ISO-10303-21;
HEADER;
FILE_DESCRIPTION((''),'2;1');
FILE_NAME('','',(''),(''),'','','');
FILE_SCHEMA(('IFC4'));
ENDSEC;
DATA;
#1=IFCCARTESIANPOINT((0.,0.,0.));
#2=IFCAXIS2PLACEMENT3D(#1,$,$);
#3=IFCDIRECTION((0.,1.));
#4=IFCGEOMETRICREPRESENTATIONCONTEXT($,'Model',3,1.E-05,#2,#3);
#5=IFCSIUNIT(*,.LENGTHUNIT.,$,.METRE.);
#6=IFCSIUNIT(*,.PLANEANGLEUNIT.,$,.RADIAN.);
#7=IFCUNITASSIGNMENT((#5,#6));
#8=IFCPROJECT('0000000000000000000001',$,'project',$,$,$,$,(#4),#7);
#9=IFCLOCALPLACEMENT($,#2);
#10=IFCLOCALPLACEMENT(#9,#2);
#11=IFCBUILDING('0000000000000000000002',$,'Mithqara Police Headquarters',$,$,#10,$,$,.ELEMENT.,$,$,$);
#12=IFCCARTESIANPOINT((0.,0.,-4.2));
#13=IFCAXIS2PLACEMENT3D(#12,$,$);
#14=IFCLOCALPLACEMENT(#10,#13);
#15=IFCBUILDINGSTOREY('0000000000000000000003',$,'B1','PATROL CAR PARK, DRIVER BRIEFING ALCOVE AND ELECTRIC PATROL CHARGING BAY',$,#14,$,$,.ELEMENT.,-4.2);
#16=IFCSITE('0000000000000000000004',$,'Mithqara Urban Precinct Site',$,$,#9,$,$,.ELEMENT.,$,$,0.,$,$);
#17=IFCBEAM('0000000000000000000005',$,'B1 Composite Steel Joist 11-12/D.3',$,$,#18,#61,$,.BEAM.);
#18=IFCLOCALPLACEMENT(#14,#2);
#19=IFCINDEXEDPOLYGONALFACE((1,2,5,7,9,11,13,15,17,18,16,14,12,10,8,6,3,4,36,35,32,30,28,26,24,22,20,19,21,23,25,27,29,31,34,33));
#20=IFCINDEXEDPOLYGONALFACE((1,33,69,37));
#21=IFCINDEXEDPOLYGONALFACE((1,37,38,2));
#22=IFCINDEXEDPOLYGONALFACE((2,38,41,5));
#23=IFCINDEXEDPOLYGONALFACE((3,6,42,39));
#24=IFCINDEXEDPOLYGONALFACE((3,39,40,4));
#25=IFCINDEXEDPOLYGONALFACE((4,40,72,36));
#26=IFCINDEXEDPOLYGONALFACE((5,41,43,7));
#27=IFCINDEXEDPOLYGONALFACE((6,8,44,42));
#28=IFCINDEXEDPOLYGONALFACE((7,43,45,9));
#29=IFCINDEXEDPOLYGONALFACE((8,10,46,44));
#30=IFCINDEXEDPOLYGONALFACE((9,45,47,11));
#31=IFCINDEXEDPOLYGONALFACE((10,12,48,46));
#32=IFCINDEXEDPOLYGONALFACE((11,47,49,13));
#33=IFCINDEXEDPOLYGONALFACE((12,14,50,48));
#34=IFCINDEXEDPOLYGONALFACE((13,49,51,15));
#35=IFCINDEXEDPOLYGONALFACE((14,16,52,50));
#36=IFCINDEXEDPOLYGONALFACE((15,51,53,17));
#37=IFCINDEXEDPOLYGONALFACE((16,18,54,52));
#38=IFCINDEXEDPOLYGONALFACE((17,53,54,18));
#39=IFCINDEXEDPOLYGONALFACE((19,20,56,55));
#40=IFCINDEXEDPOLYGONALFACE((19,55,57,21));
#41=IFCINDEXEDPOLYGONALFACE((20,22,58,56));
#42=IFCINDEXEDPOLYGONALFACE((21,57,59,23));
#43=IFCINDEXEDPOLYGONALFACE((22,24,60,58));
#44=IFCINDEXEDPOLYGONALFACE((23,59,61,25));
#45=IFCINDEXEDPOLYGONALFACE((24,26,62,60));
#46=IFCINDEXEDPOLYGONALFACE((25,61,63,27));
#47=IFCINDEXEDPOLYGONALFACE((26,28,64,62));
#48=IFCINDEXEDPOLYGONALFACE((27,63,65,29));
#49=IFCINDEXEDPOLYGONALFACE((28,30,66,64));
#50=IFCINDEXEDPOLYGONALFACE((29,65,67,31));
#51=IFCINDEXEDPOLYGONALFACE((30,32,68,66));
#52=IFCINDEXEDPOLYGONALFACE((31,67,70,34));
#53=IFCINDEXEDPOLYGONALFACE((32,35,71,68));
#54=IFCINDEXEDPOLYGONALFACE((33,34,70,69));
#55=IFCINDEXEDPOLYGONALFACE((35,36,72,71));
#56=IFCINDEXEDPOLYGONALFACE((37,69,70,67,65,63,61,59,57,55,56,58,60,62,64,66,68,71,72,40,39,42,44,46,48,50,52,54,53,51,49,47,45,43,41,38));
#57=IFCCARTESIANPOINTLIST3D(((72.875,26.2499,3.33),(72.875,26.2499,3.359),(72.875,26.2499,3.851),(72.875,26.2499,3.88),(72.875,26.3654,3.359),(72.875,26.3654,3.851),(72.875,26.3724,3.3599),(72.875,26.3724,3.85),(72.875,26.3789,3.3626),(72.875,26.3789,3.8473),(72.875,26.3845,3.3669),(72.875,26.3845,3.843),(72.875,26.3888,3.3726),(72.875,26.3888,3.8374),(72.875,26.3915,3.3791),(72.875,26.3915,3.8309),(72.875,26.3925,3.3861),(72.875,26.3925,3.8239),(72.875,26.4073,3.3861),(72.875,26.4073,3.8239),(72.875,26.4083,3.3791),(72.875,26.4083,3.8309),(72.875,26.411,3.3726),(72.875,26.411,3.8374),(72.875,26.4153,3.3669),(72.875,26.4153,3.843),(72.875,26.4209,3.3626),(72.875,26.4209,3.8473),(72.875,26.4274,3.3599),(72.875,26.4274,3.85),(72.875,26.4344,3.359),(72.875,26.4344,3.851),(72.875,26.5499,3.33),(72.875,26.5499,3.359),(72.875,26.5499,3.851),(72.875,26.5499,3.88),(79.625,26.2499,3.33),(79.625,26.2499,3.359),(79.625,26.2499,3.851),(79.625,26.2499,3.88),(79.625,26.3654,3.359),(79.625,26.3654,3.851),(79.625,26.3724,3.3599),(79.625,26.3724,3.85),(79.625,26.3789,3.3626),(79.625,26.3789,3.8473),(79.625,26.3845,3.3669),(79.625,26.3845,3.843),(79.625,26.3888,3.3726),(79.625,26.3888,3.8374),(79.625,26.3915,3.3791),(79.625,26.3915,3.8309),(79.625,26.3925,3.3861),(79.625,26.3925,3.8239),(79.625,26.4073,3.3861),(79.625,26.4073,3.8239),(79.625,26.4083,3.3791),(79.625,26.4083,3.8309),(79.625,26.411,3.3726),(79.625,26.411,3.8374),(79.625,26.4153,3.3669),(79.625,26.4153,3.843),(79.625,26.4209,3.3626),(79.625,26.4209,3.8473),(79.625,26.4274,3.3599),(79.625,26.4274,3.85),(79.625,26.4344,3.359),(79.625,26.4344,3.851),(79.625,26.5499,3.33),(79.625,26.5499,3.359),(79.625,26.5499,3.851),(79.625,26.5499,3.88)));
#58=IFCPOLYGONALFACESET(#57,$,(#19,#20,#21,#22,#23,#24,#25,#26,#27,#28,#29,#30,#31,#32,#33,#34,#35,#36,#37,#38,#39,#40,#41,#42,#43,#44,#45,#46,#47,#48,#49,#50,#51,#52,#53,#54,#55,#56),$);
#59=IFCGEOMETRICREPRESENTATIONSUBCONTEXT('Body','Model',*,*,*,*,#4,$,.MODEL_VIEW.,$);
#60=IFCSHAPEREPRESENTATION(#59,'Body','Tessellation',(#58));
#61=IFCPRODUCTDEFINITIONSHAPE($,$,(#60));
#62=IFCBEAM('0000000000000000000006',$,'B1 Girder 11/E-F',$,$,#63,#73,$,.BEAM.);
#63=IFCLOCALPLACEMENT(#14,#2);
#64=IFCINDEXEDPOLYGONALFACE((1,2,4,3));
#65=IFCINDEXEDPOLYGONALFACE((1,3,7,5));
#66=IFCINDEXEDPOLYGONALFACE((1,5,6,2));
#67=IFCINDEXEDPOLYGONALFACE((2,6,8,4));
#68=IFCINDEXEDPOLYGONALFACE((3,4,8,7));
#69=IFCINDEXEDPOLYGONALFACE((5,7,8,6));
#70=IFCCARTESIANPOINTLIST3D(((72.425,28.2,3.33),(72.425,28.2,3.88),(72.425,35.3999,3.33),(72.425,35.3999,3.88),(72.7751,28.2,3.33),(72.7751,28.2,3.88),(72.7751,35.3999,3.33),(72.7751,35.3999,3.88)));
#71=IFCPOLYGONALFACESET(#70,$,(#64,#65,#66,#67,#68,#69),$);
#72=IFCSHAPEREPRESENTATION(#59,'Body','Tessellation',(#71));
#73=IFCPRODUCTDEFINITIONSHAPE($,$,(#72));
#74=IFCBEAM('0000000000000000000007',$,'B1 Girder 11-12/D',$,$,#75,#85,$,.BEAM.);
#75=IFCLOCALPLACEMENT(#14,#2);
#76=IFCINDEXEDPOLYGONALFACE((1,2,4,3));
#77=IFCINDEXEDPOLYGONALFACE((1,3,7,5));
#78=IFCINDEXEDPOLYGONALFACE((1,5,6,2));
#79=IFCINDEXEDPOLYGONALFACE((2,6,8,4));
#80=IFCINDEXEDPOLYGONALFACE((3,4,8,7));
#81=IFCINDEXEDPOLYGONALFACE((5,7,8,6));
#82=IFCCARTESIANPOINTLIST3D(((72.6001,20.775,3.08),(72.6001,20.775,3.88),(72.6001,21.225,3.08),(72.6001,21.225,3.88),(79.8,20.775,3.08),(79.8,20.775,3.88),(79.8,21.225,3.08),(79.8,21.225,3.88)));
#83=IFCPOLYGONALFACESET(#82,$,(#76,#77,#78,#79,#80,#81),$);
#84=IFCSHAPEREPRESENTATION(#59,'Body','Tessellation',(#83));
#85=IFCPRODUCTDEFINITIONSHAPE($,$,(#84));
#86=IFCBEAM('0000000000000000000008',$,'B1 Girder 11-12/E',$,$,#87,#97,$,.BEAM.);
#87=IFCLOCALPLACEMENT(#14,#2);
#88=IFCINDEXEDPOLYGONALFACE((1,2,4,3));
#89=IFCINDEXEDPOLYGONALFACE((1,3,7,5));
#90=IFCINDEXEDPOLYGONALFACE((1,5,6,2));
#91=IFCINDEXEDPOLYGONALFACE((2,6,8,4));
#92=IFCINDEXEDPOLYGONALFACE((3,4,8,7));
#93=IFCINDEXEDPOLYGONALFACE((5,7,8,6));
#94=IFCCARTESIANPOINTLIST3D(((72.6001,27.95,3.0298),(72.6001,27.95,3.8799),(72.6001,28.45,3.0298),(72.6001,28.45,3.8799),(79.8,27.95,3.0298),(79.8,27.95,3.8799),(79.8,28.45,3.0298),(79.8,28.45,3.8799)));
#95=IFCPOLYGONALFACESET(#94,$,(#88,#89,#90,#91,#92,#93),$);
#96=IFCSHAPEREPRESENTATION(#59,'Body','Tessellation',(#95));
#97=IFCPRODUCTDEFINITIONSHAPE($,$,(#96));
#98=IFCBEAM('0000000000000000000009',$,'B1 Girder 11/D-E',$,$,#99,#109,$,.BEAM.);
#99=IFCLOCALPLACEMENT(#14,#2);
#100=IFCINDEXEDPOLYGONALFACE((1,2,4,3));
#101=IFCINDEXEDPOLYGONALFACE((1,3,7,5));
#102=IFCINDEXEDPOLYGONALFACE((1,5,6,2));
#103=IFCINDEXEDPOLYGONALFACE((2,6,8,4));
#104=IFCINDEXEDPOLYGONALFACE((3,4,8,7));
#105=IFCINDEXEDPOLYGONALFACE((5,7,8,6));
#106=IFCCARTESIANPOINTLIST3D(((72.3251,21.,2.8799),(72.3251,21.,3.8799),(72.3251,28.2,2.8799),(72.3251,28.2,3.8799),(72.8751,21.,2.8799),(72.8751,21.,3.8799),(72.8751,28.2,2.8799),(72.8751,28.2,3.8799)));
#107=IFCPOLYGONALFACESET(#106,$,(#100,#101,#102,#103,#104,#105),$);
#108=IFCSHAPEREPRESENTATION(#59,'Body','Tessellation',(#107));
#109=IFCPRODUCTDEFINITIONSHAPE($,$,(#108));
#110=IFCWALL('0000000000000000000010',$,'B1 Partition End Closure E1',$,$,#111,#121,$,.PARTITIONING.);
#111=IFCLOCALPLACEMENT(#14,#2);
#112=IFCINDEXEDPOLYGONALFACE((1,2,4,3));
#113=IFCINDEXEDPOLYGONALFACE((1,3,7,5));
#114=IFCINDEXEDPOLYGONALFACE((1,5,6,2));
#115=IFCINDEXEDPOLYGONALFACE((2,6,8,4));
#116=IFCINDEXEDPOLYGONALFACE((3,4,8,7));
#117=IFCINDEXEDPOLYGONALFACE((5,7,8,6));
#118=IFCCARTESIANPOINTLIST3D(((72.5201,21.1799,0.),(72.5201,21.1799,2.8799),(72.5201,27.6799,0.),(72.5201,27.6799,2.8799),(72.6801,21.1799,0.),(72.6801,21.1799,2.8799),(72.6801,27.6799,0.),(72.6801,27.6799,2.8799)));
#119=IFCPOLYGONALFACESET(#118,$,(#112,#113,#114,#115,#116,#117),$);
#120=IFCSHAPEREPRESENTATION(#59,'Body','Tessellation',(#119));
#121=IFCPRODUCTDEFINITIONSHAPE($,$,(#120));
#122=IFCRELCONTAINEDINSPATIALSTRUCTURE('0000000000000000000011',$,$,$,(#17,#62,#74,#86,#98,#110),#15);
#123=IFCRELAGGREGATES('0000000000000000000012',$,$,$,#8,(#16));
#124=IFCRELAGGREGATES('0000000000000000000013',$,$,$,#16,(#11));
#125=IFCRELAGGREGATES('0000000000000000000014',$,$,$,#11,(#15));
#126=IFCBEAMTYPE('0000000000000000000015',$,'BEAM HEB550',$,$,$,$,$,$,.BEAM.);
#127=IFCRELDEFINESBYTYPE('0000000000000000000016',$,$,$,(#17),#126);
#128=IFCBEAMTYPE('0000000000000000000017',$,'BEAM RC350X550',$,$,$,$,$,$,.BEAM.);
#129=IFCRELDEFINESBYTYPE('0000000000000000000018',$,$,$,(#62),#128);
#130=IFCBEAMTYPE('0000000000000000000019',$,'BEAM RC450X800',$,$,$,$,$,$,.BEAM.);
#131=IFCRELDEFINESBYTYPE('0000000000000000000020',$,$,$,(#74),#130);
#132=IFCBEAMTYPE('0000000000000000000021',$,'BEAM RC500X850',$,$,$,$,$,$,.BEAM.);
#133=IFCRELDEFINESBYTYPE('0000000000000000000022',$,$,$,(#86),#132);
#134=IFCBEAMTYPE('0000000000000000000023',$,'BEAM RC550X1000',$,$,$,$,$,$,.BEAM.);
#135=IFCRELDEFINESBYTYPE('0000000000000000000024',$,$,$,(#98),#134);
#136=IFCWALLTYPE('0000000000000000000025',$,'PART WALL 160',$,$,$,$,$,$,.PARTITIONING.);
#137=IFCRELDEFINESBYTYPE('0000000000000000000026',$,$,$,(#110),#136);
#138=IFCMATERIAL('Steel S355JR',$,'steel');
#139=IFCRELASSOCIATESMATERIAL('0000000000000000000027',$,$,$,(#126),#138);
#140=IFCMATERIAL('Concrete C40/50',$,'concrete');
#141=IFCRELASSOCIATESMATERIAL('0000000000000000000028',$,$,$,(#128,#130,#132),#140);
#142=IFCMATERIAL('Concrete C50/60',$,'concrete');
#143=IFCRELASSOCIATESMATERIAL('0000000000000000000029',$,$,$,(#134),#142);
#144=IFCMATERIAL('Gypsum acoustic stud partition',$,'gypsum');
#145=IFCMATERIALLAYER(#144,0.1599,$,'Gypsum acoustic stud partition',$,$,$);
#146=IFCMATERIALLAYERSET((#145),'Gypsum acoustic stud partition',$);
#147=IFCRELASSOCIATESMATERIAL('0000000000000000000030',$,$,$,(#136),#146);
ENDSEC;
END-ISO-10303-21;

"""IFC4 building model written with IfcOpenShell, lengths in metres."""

from ifc_helpers import new_model, si_unit, direction, frame, frame_2d, origin, origin_2d, place, context, subcontext, project, spatial, rectangle, i_section, extrude, material, layer, layer_set, material_profile, profile_set, type_object, element, save


model = new_model("IFC4")

# Units and contexts
model_context = context("Model", 3, precision=1e-05, world=origin(), true_north=direction((0.0, 1.0)))
body_context = subcontext(model_context, "Body", "Model", "MODEL_VIEW")
ifc_project = project(units=[si_unit("LENGTHUNIT", "METRE"), si_unit("PLANEANGLEUNIT", "RADIAN")], contexts=[model_context])

# Site, building, storey
site_placement = place(None, origin())
site = spatial("IfcSite", under=ifc_project, at=site_placement, Name="Mithqara Urban Precinct Site", CompositionType="ELEMENT", RefElevation=0.0)
building_placement = place(site_placement, origin())
building = spatial("IfcBuilding", under=site, at=building_placement, Name="Mithqara Police Headquarters", CompositionType="ELEMENT")
storey_placement = place(building_placement, frame((0.0, 0.0, -4.2)))
storey = spatial("IfcBuildingStorey", under=building, at=storey_placement, Name="B1", Description="PATROL CAR PARK, DRIVER BRIEFING ALCOVE AND ELECTRIC PATROL CHARGING BAY", CompositionType="ELEMENT", Elevation=-4.2)

# Shared definitions
ifc_material_1 = material(Name="Concrete C40/50", Category="concrete")

# Shared definitions
ifc_material_2 = material(Name="Concrete C50/60", Category="concrete")

# Beams
ifc_material_3 = material(Name="Steel S355JR", Category="steel")
ifc_material_profile_1 = material_profile(ifc_material_3, i_section(OverallWidth=0.3, OverallDepth=0.55, WebThickness=0.0149, FlangeThickness=0.0291, FilletRadius=0.0271, at=origin_2d()), Name="HEB 550")
ifc_profile_set_1 = profile_set([ifc_material_profile_1], Name="Steel S355JR")
beam_type_1 = type_object("IfcBeamType", Name="BEAM HEB550", PredefinedType="BEAM", material=ifc_profile_set_1)
for number, where, z_axis, x_axis, name in (
    (1, (72.875, 26.3999, 3.605), (1.0, 0.0, 0.0), (0.0, 1.0, 0.0), "B1 Composite Steel Joist 11-12/D.3"),
):
    element("IfcBeam", number, at=place(storey_placement, frame(where, z_axis=z_axis, x_axis=x_axis)), inside=storey, type_object=beam_type_1, Name=name, PredefinedType="BEAM", context=body_context, shape_type="SweptSolid", body=[
        extrude(i_section(OverallWidth=0.3, OverallDepth=0.55, WebThickness=0.0149, FlangeThickness=0.0291, FilletRadius=0.0271, at=origin_2d()), origin(), (0.0, 0.0, 1.0), 6.75),
    ])
ifc_material_profile_2 = material_profile(ifc_material_1, rectangle(XDim=0.3501, YDim=0.55, at=origin_2d()), Name="RC 350x550")
ifc_profile_set_2 = profile_set([ifc_material_profile_2], Name="Concrete C40/50")
beam_type_2 = type_object("IfcBeamType", Name="BEAM RC350X550", PredefinedType="BEAM", material=ifc_profile_set_2)
beam_1_placement = place(storey_placement, frame((72.6001, 28.2, 3.605), z_axis=(0.0, 1.0, 0.0), x_axis=(-1.0, 0.0, 0.0)))
element("IfcBeam", 2, at=beam_1_placement, inside=storey, type_object=beam_type_2, Name="B1 Girder 11/E-F", PredefinedType="BEAM", context=body_context, shape_type="SweptSolid", body=[
    extrude(rectangle(XDim=0.3501, YDim=0.55, at=origin_2d()), origin(), (0.0, 0.0, 1.0), 7.2),
])
ifc_material_profile_3 = material_profile(ifc_material_1, rectangle(XDim=0.45, YDim=0.8, at=origin_2d()), Name="RC 450x800")
ifc_profile_set_3 = profile_set([ifc_material_profile_3], Name="Concrete C40/50")
beam_type_3 = type_object("IfcBeamType", Name="BEAM RC450X800", PredefinedType="BEAM", material=ifc_profile_set_3)
beam_2_placement = place(storey_placement, frame((72.6001, 21.0, 3.48), z_axis=(1.0, 0.0, 0.0), x_axis=(0.0, 1.0, 0.0)))
element("IfcBeam", 3, at=beam_2_placement, inside=storey, type_object=beam_type_3, Name="B1 Girder 11-12/D", PredefinedType="BEAM", context=body_context, shape_type="SweptSolid", body=[
    extrude(rectangle(XDim=0.45, YDim=0.8, at=origin_2d()), origin(), (0.0, 0.0, 1.0), 7.2),
])
ifc_material_profile_4 = material_profile(ifc_material_1, rectangle(XDim=0.5, YDim=0.8501, at=origin_2d()), Name="RC 500x850")
ifc_profile_set_4 = profile_set([ifc_material_profile_4], Name="Concrete C40/50")
beam_type_4 = type_object("IfcBeamType", Name="BEAM RC500X850", PredefinedType="BEAM", material=ifc_profile_set_4)
beam_3_placement = place(storey_placement, frame((72.6001, 28.2, 3.4548), z_axis=(1.0, 0.0, 0.0), x_axis=(0.0, 1.0, 0.0)))
element("IfcBeam", 4, at=beam_3_placement, inside=storey, type_object=beam_type_4, Name="B1 Girder 11-12/E", PredefinedType="BEAM", context=body_context, shape_type="SweptSolid", body=[
    extrude(rectangle(XDim=0.5, YDim=0.8501, at=origin_2d()), origin(), (0.0, 0.0, 1.0), 7.2),
])
ifc_material_profile_5 = material_profile(ifc_material_2, rectangle(XDim=0.55, YDim=1.0, at=origin_2d()), Name="RC 550x1000")
ifc_profile_set_5 = profile_set([ifc_material_profile_5], Name="Concrete C50/60")
beam_type_5 = type_object("IfcBeamType", Name="BEAM RC550X1000", PredefinedType="BEAM", material=ifc_profile_set_5)
beam_4_placement = place(storey_placement, frame((72.6001, 21.0, 3.3799), z_axis=(0.0, 1.0, 0.0), x_axis=(-1.0, 0.0, 0.0)))
element("IfcBeam", 5, at=beam_4_placement, inside=storey, type_object=beam_type_5, Name="B1 Girder 11/D-E", PredefinedType="BEAM", context=body_context, shape_type="SweptSolid", body=[
    extrude(rectangle(XDim=0.55, YDim=1.0, at=origin_2d()), origin(), (0.0, 0.0, 1.0), 7.2),
])

# Wall
ifc_material_4 = material(Name="Gypsum acoustic stud partition", Category="gypsum")
ifc_layer = layer(ifc_material_4, 0.1599, Name="Gypsum acoustic stud partition")
ifc_layer_set = layer_set([ifc_layer], Name="Gypsum acoustic stud partition")
wall_type = type_object("IfcWallType", Name="PART WALL 160", PredefinedType="PARTITIONING", material=ifc_layer_set)
wall_placement = place(storey_placement, frame((72.6001, 21.1799, 0.0), z_axis=(0.0, 0.0, 1.0), x_axis=(0.0, 1.0, 0.0)))
element("IfcWall", 6, at=wall_placement, inside=storey, type_object=wall_type, Name="B1 Partition End Closure E1", PredefinedType="PARTITIONING", context=body_context, shape_type="SweptSolid", body=[
    extrude(rectangle(XDim=6.5, YDim=0.1599, at=frame_2d((3.25, 0.0))), origin(), (0.0, 0.0, 1.0), 2.8799),
])

save(model, "model.ifc")
